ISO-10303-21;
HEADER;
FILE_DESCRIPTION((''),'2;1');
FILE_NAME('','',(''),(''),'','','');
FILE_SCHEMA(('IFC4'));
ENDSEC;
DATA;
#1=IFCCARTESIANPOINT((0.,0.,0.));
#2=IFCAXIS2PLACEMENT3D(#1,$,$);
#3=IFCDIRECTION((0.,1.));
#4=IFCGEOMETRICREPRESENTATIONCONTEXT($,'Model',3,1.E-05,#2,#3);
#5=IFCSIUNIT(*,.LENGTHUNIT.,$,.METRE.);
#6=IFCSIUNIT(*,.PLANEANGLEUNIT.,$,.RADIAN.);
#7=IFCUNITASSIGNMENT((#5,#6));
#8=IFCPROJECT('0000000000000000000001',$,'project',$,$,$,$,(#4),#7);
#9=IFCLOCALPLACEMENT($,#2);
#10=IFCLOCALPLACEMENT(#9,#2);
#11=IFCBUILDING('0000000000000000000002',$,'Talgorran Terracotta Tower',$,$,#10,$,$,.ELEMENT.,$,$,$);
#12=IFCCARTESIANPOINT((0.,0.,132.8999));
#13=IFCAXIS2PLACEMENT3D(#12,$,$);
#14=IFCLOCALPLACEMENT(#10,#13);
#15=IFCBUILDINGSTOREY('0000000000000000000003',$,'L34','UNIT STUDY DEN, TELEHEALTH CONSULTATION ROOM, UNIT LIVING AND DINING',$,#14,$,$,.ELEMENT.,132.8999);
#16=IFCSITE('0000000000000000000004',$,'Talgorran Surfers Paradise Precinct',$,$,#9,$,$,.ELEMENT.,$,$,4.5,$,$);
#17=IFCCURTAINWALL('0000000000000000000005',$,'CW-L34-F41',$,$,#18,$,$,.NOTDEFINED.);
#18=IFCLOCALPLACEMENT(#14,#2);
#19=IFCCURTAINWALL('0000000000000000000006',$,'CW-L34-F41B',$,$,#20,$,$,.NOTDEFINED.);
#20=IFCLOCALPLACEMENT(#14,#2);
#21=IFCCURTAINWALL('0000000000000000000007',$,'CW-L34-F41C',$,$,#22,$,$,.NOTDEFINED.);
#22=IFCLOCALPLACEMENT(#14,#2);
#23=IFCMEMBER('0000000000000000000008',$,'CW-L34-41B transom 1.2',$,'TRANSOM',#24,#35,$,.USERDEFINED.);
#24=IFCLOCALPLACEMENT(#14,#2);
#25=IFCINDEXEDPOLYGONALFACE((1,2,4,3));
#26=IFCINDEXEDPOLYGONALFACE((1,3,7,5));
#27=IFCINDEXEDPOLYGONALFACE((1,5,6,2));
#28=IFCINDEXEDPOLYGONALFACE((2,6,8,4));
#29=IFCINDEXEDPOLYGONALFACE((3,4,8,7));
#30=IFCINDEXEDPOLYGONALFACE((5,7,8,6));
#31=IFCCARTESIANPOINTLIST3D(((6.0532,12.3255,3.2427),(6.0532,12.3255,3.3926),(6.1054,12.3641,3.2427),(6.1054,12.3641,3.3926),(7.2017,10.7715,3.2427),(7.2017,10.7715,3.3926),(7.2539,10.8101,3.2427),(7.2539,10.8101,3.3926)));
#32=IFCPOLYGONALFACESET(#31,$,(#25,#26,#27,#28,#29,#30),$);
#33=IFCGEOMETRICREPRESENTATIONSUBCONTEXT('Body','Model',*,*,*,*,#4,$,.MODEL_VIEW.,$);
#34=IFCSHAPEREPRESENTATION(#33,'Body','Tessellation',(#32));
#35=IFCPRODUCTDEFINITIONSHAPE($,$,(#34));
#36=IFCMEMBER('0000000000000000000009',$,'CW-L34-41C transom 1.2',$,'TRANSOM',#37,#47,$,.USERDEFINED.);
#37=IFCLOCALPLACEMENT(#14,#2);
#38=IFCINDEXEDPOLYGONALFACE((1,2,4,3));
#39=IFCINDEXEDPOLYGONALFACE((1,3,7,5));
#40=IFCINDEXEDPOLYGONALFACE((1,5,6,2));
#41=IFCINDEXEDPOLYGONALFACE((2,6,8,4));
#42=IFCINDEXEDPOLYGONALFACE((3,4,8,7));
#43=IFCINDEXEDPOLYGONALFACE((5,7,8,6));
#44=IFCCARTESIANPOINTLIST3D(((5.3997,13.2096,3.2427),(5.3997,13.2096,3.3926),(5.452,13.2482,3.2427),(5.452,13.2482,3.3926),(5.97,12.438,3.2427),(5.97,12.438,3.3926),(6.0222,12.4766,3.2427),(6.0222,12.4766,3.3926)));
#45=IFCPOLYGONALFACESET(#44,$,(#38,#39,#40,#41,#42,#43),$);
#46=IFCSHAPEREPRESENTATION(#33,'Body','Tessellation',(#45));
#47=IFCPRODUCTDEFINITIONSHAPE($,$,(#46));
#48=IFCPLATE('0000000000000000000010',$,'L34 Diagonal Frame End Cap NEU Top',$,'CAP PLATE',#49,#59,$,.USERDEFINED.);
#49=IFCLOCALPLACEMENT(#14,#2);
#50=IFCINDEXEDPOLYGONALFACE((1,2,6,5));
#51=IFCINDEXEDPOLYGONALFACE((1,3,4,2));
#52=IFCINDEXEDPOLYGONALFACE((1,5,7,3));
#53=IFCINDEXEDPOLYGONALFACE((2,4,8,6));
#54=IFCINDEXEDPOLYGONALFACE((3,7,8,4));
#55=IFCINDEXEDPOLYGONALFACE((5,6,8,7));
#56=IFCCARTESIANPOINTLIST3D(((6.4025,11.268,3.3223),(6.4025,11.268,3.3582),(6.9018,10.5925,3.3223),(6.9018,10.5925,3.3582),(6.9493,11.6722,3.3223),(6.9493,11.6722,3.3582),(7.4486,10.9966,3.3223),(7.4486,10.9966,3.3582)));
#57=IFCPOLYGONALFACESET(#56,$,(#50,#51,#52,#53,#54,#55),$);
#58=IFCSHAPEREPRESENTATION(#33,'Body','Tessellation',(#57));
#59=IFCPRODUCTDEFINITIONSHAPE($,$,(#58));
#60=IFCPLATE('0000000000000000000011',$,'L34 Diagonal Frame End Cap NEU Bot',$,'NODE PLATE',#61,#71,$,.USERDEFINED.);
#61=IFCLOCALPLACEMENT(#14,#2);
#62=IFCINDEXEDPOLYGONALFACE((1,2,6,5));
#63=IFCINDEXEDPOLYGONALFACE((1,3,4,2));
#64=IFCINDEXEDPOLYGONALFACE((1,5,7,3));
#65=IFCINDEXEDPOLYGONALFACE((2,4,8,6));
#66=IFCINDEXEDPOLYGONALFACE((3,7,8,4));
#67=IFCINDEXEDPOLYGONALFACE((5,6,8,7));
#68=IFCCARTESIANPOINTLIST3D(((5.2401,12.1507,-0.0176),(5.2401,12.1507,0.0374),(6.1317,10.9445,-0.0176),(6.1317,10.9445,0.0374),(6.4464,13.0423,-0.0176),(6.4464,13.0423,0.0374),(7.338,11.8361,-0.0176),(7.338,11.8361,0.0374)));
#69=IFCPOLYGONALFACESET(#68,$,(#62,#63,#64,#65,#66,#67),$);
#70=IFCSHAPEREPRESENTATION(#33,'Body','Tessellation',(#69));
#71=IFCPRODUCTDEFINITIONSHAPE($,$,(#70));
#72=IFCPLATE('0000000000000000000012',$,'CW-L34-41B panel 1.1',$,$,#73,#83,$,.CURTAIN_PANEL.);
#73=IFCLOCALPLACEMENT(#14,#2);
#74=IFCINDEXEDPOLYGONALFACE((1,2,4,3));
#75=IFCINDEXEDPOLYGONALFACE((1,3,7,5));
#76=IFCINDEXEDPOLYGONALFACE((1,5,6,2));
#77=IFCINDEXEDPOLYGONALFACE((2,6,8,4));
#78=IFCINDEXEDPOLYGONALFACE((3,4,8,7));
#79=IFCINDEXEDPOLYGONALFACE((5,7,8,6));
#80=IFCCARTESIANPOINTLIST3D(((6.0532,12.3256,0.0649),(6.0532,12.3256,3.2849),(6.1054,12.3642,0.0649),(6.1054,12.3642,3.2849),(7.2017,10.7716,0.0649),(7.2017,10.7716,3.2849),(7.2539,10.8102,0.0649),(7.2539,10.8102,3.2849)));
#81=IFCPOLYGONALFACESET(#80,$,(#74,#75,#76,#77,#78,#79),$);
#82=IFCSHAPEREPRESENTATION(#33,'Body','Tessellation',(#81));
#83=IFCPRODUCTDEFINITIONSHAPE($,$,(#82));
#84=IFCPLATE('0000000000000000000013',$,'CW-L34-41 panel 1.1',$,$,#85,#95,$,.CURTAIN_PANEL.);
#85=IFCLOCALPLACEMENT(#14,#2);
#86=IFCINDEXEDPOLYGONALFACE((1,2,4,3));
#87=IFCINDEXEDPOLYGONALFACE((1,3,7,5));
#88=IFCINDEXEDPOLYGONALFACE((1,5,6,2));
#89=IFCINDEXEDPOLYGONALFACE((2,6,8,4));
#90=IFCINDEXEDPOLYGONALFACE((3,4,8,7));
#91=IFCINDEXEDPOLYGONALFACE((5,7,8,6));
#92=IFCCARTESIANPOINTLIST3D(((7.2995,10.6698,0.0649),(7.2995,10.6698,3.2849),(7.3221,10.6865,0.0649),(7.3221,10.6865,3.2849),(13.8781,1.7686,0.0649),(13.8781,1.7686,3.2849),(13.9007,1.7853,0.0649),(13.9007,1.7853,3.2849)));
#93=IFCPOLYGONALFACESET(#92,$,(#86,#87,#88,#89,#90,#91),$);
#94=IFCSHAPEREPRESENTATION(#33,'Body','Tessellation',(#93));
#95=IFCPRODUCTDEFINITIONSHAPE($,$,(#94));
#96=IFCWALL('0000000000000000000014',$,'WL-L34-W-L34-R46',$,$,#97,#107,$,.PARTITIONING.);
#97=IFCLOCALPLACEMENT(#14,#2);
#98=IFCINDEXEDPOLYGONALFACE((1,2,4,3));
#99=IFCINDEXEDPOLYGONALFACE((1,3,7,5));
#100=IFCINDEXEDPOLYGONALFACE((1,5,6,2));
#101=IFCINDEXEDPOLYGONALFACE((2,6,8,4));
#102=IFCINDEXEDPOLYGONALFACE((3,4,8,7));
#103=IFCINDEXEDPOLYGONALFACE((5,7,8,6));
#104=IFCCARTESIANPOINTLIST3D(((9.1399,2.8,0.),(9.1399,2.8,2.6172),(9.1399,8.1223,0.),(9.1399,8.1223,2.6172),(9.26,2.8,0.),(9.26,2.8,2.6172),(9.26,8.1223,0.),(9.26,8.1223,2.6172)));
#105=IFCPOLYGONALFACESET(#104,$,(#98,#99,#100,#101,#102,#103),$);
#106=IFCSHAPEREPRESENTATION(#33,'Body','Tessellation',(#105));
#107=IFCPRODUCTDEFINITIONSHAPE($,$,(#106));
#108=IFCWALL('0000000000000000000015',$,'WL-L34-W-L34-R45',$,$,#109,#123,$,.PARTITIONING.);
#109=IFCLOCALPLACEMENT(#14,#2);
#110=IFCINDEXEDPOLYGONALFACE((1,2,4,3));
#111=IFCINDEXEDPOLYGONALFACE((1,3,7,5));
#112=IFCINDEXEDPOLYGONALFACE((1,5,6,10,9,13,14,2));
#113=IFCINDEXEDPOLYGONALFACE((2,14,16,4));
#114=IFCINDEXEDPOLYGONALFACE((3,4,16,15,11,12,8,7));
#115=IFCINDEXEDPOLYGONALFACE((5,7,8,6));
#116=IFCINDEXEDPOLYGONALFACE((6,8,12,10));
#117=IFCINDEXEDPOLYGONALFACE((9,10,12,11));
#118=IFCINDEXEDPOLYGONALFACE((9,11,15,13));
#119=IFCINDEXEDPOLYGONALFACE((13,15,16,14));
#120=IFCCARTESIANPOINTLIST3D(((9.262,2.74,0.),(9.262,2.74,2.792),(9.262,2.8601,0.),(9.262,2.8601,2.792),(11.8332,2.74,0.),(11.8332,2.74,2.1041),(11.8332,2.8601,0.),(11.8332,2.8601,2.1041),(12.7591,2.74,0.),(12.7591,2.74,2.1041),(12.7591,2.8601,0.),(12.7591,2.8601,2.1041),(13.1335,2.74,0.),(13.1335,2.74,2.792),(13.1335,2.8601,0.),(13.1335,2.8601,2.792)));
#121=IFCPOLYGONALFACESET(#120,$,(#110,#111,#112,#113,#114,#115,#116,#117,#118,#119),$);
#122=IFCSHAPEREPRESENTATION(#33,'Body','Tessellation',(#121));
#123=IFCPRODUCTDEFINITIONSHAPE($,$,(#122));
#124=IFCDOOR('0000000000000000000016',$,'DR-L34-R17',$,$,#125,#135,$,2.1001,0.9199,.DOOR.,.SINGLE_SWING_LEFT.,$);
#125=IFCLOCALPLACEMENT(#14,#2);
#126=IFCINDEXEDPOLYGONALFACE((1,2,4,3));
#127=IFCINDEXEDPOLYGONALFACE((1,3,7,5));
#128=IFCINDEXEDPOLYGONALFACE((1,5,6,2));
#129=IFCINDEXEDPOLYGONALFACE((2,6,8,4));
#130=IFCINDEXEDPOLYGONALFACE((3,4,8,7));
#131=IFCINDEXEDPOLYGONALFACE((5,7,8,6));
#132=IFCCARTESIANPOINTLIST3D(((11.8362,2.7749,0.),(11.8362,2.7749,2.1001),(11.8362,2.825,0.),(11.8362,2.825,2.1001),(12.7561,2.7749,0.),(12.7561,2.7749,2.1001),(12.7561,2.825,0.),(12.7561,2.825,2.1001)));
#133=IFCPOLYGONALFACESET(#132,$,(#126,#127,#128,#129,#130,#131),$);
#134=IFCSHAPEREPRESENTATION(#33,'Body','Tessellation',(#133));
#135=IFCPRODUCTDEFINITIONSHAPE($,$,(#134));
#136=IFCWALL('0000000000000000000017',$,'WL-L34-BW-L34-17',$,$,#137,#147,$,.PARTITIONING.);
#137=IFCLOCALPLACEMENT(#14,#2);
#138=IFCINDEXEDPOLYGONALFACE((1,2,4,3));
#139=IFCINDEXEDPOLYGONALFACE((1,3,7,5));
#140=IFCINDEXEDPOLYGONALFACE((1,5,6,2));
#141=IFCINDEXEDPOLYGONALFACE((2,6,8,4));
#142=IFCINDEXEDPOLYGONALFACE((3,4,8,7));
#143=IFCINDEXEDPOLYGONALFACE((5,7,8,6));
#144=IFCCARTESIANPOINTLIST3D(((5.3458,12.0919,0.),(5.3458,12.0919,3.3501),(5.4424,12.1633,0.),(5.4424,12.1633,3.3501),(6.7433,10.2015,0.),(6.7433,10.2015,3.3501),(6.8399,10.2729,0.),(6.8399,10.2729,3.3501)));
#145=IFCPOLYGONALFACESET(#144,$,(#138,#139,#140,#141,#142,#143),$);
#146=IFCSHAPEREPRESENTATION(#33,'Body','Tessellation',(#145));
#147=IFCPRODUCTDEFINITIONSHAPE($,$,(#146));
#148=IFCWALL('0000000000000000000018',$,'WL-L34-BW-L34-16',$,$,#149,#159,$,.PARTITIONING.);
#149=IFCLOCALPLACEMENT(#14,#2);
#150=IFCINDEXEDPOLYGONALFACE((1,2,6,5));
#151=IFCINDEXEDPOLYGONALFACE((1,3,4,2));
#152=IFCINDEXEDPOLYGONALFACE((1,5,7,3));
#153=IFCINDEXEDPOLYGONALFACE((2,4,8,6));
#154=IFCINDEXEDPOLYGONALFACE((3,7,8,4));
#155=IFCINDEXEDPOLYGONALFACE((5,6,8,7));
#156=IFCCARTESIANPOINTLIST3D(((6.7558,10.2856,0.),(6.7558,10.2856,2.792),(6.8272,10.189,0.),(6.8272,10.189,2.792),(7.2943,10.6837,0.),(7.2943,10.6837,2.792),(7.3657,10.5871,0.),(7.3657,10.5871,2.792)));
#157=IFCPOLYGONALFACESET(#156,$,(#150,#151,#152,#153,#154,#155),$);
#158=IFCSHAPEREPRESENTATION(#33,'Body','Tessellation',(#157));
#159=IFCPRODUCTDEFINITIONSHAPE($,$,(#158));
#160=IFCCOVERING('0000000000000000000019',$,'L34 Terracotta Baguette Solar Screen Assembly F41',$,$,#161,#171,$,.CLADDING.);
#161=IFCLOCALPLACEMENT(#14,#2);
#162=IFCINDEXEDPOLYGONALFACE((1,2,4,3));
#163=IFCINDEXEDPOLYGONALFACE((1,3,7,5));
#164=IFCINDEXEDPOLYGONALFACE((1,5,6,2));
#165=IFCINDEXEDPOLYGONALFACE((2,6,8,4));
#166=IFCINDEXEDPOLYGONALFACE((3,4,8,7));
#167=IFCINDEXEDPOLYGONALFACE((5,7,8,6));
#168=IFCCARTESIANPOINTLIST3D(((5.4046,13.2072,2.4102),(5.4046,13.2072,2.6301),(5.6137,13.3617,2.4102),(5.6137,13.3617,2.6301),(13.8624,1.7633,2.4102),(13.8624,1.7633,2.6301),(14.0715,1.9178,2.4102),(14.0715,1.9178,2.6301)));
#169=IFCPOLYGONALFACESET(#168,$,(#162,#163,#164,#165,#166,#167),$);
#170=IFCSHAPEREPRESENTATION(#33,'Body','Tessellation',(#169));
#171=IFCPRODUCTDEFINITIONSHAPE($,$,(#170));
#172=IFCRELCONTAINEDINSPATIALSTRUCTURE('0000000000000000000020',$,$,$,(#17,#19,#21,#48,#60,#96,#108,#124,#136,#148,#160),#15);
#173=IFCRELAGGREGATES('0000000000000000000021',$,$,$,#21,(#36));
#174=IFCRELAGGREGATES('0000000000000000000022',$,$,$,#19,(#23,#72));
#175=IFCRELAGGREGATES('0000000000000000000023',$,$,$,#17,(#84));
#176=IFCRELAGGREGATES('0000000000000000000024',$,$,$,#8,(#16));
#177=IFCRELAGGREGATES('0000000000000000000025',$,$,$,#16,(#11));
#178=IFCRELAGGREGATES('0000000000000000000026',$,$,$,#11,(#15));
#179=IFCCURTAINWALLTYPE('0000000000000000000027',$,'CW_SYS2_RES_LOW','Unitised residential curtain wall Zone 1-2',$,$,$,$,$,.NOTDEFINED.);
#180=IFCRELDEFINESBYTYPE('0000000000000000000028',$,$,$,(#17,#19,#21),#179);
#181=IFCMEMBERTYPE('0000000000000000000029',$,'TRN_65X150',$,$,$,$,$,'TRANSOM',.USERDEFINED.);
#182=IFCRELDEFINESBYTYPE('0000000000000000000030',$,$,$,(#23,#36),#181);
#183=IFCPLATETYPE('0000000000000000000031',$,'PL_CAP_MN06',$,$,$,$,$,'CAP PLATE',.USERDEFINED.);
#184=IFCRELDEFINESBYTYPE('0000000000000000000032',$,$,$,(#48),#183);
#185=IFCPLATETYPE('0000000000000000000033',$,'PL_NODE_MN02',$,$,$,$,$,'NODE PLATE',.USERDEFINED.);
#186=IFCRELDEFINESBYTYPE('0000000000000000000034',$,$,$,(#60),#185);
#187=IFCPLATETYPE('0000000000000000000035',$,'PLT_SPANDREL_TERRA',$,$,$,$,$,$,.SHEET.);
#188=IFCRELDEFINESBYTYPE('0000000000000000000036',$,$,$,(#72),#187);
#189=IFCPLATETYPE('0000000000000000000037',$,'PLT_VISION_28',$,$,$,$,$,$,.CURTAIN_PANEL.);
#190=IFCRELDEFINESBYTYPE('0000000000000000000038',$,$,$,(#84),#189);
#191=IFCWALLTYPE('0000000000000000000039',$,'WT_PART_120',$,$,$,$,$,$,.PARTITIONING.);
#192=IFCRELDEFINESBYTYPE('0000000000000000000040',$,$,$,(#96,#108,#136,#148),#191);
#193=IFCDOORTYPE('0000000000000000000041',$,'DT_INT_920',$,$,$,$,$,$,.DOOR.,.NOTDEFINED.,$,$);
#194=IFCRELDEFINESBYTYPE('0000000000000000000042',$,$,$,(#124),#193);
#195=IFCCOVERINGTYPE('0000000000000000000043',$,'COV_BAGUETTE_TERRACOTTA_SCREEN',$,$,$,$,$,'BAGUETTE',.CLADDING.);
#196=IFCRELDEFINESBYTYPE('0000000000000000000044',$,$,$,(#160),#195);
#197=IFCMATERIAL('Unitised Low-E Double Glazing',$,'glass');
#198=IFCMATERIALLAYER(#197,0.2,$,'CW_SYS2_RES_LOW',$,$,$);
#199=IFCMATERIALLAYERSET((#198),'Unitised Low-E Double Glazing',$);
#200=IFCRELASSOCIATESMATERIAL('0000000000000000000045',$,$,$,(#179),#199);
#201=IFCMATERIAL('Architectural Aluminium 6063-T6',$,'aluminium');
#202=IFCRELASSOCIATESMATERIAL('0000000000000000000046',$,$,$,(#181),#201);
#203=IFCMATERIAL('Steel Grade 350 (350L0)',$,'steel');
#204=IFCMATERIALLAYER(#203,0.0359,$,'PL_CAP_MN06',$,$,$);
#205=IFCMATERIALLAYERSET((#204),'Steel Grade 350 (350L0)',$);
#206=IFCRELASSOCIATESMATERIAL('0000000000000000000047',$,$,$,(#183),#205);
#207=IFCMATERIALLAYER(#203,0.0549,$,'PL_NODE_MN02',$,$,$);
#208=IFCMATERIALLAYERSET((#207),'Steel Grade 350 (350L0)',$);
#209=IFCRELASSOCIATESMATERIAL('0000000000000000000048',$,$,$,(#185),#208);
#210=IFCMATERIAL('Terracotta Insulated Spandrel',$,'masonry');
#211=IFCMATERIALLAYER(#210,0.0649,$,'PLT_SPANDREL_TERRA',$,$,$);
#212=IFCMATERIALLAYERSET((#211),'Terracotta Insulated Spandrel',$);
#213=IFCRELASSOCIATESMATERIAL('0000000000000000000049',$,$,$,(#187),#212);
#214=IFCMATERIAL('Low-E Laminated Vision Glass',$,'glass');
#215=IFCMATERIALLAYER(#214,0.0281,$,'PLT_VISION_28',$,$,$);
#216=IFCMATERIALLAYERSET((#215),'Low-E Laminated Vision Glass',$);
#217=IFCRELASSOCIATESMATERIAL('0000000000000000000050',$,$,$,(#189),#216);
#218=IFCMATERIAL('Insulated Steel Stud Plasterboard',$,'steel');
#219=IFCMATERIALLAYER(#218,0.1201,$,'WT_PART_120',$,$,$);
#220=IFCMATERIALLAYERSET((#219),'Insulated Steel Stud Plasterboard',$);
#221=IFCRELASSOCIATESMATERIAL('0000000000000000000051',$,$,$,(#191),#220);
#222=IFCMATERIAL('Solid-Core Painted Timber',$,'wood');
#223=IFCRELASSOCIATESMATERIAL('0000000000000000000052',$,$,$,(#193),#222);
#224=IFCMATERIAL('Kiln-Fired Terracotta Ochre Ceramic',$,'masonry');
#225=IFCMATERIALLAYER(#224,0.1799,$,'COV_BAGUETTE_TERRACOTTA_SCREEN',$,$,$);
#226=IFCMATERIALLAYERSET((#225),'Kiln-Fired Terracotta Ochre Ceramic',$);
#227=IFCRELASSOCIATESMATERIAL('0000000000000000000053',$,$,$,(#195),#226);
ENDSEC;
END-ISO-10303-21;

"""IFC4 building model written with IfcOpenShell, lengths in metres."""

from ifc_helpers import new_model, si_unit, direction, frame, frame_2d, origin, origin_2d, place, context, subcontext, project, spatial, rectangle, extrude, source, transform, mapped, material, layer, layer_set, material_profile, profile_set, type_object, type_shapes, element, fill, aggregate, save


model = new_model("IFC4")

# Units and contexts
model_context = context("Model", 3, precision=1e-05, world=origin(), true_north=direction((0.0, 1.0)))
body_context = subcontext(model_context, "Body", "Model", "MODEL_VIEW")
ifc_project = project(units=[si_unit("LENGTHUNIT", "METRE"), si_unit("PLANEANGLEUNIT", "RADIAN")], contexts=[model_context])

# Site, building, storey
site_placement = place(None, origin())
site = spatial("IfcSite", under=ifc_project, at=site_placement, Name="Talgorran Surfers Paradise Precinct", CompositionType="ELEMENT", RefElevation=4.5)
building_placement = place(site_placement, origin())
building = spatial("IfcBuilding", under=site, at=building_placement, Name="Talgorran Terracotta Tower", CompositionType="ELEMENT")
storey_placement = place(building_placement, frame((0.0, 0.0, 132.8999)))
storey = spatial("IfcBuildingStorey", under=building, at=storey_placement, Name="L34", Description="UNIT STUDY DEN, TELEHEALTH CONSULTATION ROOM, UNIT LIVING AND DINING", CompositionType="ELEMENT", Elevation=132.8999)

# Shared definitions
ifc_material_1 = material(Name="Steel Grade 350 (350L0)", Category="steel")

# Curtain wall
ifc_material_2 = material(Name="Unitised Low-E Double Glazing", Category="glass")
ifc_layer_1 = layer(ifc_material_2, 0.2, Name="CW_SYS2_RES_LOW")
ifc_layer_set_1 = layer_set([ifc_layer_1], Name="Unitised Low-E Double Glazing")
curtain_wall_type = type_object("IfcCurtainWallType", Name="CW_SYS2_RES_LOW", Description="Unitised residential curtain wall Zone 1-2", PredefinedType="NOTDEFINED", material=ifc_layer_set_1)
curtain_wall_1_placement = place(storey_placement, origin())
curtain_wall_1 = element("IfcCurtainWall", 1, at=curtain_wall_1_placement, inside=storey, type_object=curtain_wall_type, Name="CW-L34-F41", PredefinedType="NOTDEFINED")
ifc_material_3 = material(Name="Architectural Aluminium 6063-T6", Category="aluminium")

# Curtain wall
curtain_wall_2_placement = place(storey_placement, origin())
curtain_wall_2 = element("IfcCurtainWall", 2, at=curtain_wall_2_placement, inside=storey, type_object=curtain_wall_type, Name="CW-L34-F41B", PredefinedType="NOTDEFINED")

# Curtain wall
curtain_wall_3_placement = place(storey_placement, origin())
curtain_wall_3 = element("IfcCurtainWall", 3, at=curtain_wall_3_placement, inside=storey, type_object=curtain_wall_type, Name="CW-L34-F41C", PredefinedType="NOTDEFINED")

# Members
ifc_material_profile_1 = material_profile(ifc_material_3, rectangle(XDim=0.0649, YDim=0.1499, at=origin_2d()), Name="CWT65X150")
ifc_profile_set_1 = profile_set([ifc_material_profile_1], Name="Architectural Aluminium 6063-T6")
member_type_1 = type_object("IfcMemberType", Name="TRN_65X150", ElementType="TRANSOM", PredefinedType="USERDEFINED", material=ifc_profile_set_1)
member_1_placement = place(storey_placement, frame((7.2278, 10.7908, 3.3176), z_axis=(-0.594345, 0.80421, 0.0), x_axis=(-0.80421, -0.594345, 0.0)))
member_1 = element("IfcMember", 4, at=member_1_placement, type_object=member_type_1, Name="CW-L34-41B transom 1.2", ObjectType="TRANSOM", PredefinedType="USERDEFINED", context=body_context, shape_type="SweptSolid", body=[
    extrude(rectangle(XDim=0.0649, YDim=0.1499, at=origin_2d()), origin(), (0.0, 0.0, 1.0), 1.9324),
])
member_2_placement = place(storey_placement, frame((5.9961, 12.4573, 3.3176), z_axis=(-0.594327, 0.804224, 0.0), x_axis=(-0.804224, -0.594327, 0.0)))
member_2 = element("IfcMember", 5, at=member_2_placement, type_object=member_type_1, Name="CW-L34-41C transom 1.2", ObjectType="TRANSOM", PredefinedType="USERDEFINED", context=body_context, shape_type="SweptSolid", body=[
    extrude(rectangle(XDim=0.0649, YDim=0.1499, at=origin_2d()), origin(), (0.0, 0.0, 1.0), 0.9595),
])
aggregate(curtain_wall_3, [member_2])

# Plates
ifc_layer_2 = layer(ifc_material_1, 0.0359, Name="PL_CAP_MN06")
ifc_layer_set_2 = layer_set([ifc_layer_2], Name="Steel Grade 350 (350L0)")
plate_type_1 = type_object("IfcPlateType", Name="PL_CAP_MN06", ElementType="CAP PLATE", PredefinedType="USERDEFINED", material=ifc_layer_set_2)
plate_1_placement = place(storey_placement, frame((6.9255, 11.1323, 3.3223), z_axis=(0.0, 0.0, 1.0), x_axis=(0.594402, -0.804168, 0.0)))
element("IfcPlate", 6, at=plate_1_placement, inside=storey, type_object=plate_type_1, Name="L34 Diagonal Frame End Cap NEU Top", ObjectType="CAP PLATE", PredefinedType="USERDEFINED", context=body_context, shape_type="SweptSolid", body=[
    extrude(rectangle(XDim=0.8401, YDim=0.6799, at=origin_2d()), origin(), (0.0, 0.0, 1.0), 0.0359),
])
ifc_layer_3 = layer(ifc_material_1, 0.0549, Name="PL_NODE_MN02")
ifc_layer_set_3 = layer_set([ifc_layer_3], Name="Steel Grade 350 (350L0)")
plate_type_2 = type_object("IfcPlateType", Name="PL_NODE_MN02", ElementType="NODE PLATE", PredefinedType="USERDEFINED", material=ifc_layer_set_3)
plate_2_placement = place(storey_placement, frame((6.2891, 11.9934, -0.0176), z_axis=(0.0, 0.0, 1.0), x_axis=(0.594402, -0.804168, 0.0)))
element("IfcPlate", 7, at=plate_2_placement, inside=storey, type_object=plate_type_2, Name="L34 Diagonal Frame End Cap NEU Bot", ObjectType="NODE PLATE", PredefinedType="USERDEFINED", context=body_context, shape_type="SweptSolid", body=[
    extrude(rectangle(XDim=1.5, YDim=1.5, at=origin_2d()), origin(), (0.0, 0.0, 1.0), 0.0549),
])

# Plates
ifc_material_4 = material(Name="Terracotta Insulated Spandrel", Category="masonry")
ifc_layer_4 = layer(ifc_material_4, 0.0649, Name="PLT_SPANDREL_TERRA")
ifc_layer_set_4 = layer_set([ifc_layer_4], Name="Terracotta Insulated Spandrel")
plate_type_3 = type_object("IfcPlateType", Name="PLT_SPANDREL_TERRA", PredefinedType="SHEET", material=ifc_layer_set_4)
shared_shape_1 = source(origin(), body_context, "Body", "SweptSolid", [
    extrude(rectangle(XDim=1.9324, YDim=0.0649, at=origin_2d()), origin(), (0.0, 0.0, 1.0), 3.22),
])
type_shapes(plate_type_3, [shared_shape_1])
plate_3_placement = place(storey_placement, frame((6.6536, 11.5679, 0.0649), z_axis=(0.0, 0.0, 1.0), x_axis=(-0.594345, 0.80421, 0.0)))
plate_3 = element("IfcPlate", 8, at=plate_3_placement, type_object=plate_type_3, Name="CW-L34-41B panel 1.1", PredefinedType="CURTAIN_PANEL", context=body_context, shape_type="MappedRepresentation", body=[
    mapped(shared_shape_1, transform((0.0, 0.0, 0.0), scale=1.0)),
])
aggregate(curtain_wall_2, [member_1, plate_3])
ifc_material_5 = material(Name="Low-E Laminated Vision Glass", Category="glass")
ifc_layer_5 = layer(ifc_material_5, 0.0281, Name="PLT_VISION_28")
ifc_layer_set_5 = layer_set([ifc_layer_5], Name="Low-E Laminated Vision Glass")
plate_type_4 = type_object("IfcPlateType", Name="PLT_VISION_28", PredefinedType="CURTAIN_PANEL", material=ifc_layer_set_5)
shared_shape_2 = source(origin(), body_context, "Body", "SweptSolid", [
    extrude(rectangle(XDim=11.0684, YDim=0.0281, at=origin_2d()), origin(), (0.0, 0.0, 1.0), 3.22),
])
type_shapes(plate_type_4, [shared_shape_2])
plate_4_placement = place(storey_placement, frame((10.6001, 6.2275, 0.0649), z_axis=(0.0, 0.0, 1.0), x_axis=(-0.594357, 0.804201, 0.0)))
plate_4 = element("IfcPlate", 9, at=plate_4_placement, type_object=plate_type_4, Name="CW-L34-41 panel 1.1", PredefinedType="CURTAIN_PANEL", context=body_context, shape_type="MappedRepresentation", body=[
    mapped(shared_shape_2, transform((0.0, 0.0, 0.0), scale=1.0)),
])
aggregate(curtain_wall_1, [plate_4])

# Wall
ifc_material_6 = material(Name="Insulated Steel Stud Plasterboard", Category="steel")
ifc_layer_6 = layer(ifc_material_6, 0.1201, Name="WT_PART_120")
ifc_layer_set_6 = layer_set([ifc_layer_6], Name="Insulated Steel Stud Plasterboard")
wall_type = type_object("IfcWallType", Name="WT_PART_120", PredefinedType="PARTITIONING", material=ifc_layer_set_6)
wall_1_placement = place(storey_placement, frame((9.2, 2.8, 0.0), z_axis=(0.0, 0.0, 1.0), x_axis=(0.0, 1.0, 0.0)))
element("IfcWall", 10, at=wall_1_placement, inside=storey, type_object=wall_type, Name="WL-L34-W-L34-R46", PredefinedType="PARTITIONING", context=body_context, shape_type="SweptSolid", body=[
    extrude(rectangle(XDim=5.3223, YDim=0.1201, at=frame_2d((2.6611, 0.0))), origin(), (0.0, 0.0, 1.0), 2.6172),
])

# Wall, opening, door
wall_2_placement = place(storey_placement, frame((9.262, 2.8, 0.0), z_axis=(0.0, 0.0, 1.0), x_axis=(1.0, 0.0, 0.0)))
wall_2 = element("IfcWall", 11, at=wall_2_placement, inside=storey, type_object=wall_type, Name="WL-L34-W-L34-R45", PredefinedType="PARTITIONING", context=body_context, shape_type="SweptSolid", body=[
    extrude(rectangle(XDim=3.8716, YDim=0.1201, at=frame_2d((1.9358, 0.0))), origin(), (0.0, 0.0, 1.0), 2.792),
])
opening_placement = place(wall_2_placement, frame((2.5742, 0.0, 0.0)))
opening = element("IfcOpeningElement", 12, at=opening_placement, cuts=wall_2, PredefinedType="OPENING", context=body_context, shape_type="SweptSolid", body=[
    extrude(rectangle(XDim=0.9259, YDim=2.1041, at=frame_2d((0.46, 1.052))), frame((0.0, 0.0701, 0.0), z_axis=(0.0, -1.0, 0.0), x_axis=(1.0, 0.0, 0.0)), (0.0, 0.0, 1.0), 0.1401),
])
ifc_material_7 = material(Name="Solid-Core Painted Timber", Category="wood")
door_type = type_object("IfcDoorType", Name="DT_INT_920", OperationType="NOTDEFINED", PredefinedType="DOOR", material=ifc_material_7)
door_placement = place(opening_placement, origin())
door = element("IfcDoor", 13, at=door_placement, inside=storey, type_object=door_type, Name="DR-L34-R17", OperationType="SINGLE_SWING_LEFT", OverallHeight=2.1001, OverallWidth=0.9199, PredefinedType="DOOR", context=body_context, shape_type="SweptSolid", body=[
    extrude(rectangle(XDim=0.9199, YDim=2.1001, at=frame_2d((0.46, 1.05))), frame((0.0, 0.0249, 0.0), z_axis=(0.0, -1.0, 0.0), x_axis=(1.0, 0.0, 0.0)), (0.0, 0.0, 1.0), 0.05),
])
fill(opening, door)

# Walls
wall_3_placement = place(storey_placement, frame((6.7915, 10.2373, 0.0), z_axis=(0.0, 0.0, 1.0), x_axis=(-0.594452, 0.804131, 0.0)))
element("IfcWall", 14, at=wall_3_placement, inside=storey, type_object=wall_type, Name="WL-L34-BW-L34-17", PredefinedType="PARTITIONING", context=body_context, shape_type="SweptSolid", body=[
    extrude(rectangle(XDim=2.3508, YDim=0.1201, at=frame_2d((1.1753, 0.0))), origin(), (0.0, 0.0, 1.0), 3.3501),
])
wall_4_placement = place(storey_placement, frame((7.3301, 10.6355, 0.0), z_axis=(0.0, 0.0, 1.0), x_axis=(-0.804093, -0.594504, 0.0)))
element("IfcWall", 15, at=wall_4_placement, inside=storey, type_object=wall_type, Name="WL-L34-BW-L34-16", PredefinedType="PARTITIONING", context=body_context, shape_type="SweptSolid", body=[
    extrude(rectangle(XDim=0.6697, YDim=0.1201, at=frame_2d((0.335, 0.0))), origin(), (0.0, 0.0, 1.0), 2.792),
])

# Covering
ifc_material_8 = material(Name="Kiln-Fired Terracotta Ochre Ceramic", Category="masonry")
ifc_layer_7 = layer(ifc_material_8, 0.1799, Name="COV_BAGUETTE_TERRACOTTA_SCREEN")
ifc_layer_set_7 = layer_set([ifc_layer_7], Name="Kiln-Fired Terracotta Ochre Ceramic")
covering_type_1 = type_object("IfcCoveringType", Name="COV_BAGUETTE_TERRACOTTA_SCREEN", ElementType="BAGUETTE", PredefinedType="CLADDING", material=ifc_layer_set_7)
covering_1_placement = place(storey_placement, frame((9.738, 7.5625, 2.4102), z_axis=(0.0, 0.0, 1.0), x_axis=(-0.59436, 0.804199, 0.0)))
element("IfcCovering", 16, at=covering_1_placement, inside=storey, type_object=covering_type_1, Name="L34 Terracotta Baguette Solar Screen Assembly F41", PredefinedType="CLADDING", context=body_context, shape_type="SweptSolid", body=[
    extrude(rectangle(XDim=14.2302, YDim=0.26, at=origin_2d()), origin(), (0.0, 0.0, 1.0), 0.22),
])

save(model, "model.ifc")
